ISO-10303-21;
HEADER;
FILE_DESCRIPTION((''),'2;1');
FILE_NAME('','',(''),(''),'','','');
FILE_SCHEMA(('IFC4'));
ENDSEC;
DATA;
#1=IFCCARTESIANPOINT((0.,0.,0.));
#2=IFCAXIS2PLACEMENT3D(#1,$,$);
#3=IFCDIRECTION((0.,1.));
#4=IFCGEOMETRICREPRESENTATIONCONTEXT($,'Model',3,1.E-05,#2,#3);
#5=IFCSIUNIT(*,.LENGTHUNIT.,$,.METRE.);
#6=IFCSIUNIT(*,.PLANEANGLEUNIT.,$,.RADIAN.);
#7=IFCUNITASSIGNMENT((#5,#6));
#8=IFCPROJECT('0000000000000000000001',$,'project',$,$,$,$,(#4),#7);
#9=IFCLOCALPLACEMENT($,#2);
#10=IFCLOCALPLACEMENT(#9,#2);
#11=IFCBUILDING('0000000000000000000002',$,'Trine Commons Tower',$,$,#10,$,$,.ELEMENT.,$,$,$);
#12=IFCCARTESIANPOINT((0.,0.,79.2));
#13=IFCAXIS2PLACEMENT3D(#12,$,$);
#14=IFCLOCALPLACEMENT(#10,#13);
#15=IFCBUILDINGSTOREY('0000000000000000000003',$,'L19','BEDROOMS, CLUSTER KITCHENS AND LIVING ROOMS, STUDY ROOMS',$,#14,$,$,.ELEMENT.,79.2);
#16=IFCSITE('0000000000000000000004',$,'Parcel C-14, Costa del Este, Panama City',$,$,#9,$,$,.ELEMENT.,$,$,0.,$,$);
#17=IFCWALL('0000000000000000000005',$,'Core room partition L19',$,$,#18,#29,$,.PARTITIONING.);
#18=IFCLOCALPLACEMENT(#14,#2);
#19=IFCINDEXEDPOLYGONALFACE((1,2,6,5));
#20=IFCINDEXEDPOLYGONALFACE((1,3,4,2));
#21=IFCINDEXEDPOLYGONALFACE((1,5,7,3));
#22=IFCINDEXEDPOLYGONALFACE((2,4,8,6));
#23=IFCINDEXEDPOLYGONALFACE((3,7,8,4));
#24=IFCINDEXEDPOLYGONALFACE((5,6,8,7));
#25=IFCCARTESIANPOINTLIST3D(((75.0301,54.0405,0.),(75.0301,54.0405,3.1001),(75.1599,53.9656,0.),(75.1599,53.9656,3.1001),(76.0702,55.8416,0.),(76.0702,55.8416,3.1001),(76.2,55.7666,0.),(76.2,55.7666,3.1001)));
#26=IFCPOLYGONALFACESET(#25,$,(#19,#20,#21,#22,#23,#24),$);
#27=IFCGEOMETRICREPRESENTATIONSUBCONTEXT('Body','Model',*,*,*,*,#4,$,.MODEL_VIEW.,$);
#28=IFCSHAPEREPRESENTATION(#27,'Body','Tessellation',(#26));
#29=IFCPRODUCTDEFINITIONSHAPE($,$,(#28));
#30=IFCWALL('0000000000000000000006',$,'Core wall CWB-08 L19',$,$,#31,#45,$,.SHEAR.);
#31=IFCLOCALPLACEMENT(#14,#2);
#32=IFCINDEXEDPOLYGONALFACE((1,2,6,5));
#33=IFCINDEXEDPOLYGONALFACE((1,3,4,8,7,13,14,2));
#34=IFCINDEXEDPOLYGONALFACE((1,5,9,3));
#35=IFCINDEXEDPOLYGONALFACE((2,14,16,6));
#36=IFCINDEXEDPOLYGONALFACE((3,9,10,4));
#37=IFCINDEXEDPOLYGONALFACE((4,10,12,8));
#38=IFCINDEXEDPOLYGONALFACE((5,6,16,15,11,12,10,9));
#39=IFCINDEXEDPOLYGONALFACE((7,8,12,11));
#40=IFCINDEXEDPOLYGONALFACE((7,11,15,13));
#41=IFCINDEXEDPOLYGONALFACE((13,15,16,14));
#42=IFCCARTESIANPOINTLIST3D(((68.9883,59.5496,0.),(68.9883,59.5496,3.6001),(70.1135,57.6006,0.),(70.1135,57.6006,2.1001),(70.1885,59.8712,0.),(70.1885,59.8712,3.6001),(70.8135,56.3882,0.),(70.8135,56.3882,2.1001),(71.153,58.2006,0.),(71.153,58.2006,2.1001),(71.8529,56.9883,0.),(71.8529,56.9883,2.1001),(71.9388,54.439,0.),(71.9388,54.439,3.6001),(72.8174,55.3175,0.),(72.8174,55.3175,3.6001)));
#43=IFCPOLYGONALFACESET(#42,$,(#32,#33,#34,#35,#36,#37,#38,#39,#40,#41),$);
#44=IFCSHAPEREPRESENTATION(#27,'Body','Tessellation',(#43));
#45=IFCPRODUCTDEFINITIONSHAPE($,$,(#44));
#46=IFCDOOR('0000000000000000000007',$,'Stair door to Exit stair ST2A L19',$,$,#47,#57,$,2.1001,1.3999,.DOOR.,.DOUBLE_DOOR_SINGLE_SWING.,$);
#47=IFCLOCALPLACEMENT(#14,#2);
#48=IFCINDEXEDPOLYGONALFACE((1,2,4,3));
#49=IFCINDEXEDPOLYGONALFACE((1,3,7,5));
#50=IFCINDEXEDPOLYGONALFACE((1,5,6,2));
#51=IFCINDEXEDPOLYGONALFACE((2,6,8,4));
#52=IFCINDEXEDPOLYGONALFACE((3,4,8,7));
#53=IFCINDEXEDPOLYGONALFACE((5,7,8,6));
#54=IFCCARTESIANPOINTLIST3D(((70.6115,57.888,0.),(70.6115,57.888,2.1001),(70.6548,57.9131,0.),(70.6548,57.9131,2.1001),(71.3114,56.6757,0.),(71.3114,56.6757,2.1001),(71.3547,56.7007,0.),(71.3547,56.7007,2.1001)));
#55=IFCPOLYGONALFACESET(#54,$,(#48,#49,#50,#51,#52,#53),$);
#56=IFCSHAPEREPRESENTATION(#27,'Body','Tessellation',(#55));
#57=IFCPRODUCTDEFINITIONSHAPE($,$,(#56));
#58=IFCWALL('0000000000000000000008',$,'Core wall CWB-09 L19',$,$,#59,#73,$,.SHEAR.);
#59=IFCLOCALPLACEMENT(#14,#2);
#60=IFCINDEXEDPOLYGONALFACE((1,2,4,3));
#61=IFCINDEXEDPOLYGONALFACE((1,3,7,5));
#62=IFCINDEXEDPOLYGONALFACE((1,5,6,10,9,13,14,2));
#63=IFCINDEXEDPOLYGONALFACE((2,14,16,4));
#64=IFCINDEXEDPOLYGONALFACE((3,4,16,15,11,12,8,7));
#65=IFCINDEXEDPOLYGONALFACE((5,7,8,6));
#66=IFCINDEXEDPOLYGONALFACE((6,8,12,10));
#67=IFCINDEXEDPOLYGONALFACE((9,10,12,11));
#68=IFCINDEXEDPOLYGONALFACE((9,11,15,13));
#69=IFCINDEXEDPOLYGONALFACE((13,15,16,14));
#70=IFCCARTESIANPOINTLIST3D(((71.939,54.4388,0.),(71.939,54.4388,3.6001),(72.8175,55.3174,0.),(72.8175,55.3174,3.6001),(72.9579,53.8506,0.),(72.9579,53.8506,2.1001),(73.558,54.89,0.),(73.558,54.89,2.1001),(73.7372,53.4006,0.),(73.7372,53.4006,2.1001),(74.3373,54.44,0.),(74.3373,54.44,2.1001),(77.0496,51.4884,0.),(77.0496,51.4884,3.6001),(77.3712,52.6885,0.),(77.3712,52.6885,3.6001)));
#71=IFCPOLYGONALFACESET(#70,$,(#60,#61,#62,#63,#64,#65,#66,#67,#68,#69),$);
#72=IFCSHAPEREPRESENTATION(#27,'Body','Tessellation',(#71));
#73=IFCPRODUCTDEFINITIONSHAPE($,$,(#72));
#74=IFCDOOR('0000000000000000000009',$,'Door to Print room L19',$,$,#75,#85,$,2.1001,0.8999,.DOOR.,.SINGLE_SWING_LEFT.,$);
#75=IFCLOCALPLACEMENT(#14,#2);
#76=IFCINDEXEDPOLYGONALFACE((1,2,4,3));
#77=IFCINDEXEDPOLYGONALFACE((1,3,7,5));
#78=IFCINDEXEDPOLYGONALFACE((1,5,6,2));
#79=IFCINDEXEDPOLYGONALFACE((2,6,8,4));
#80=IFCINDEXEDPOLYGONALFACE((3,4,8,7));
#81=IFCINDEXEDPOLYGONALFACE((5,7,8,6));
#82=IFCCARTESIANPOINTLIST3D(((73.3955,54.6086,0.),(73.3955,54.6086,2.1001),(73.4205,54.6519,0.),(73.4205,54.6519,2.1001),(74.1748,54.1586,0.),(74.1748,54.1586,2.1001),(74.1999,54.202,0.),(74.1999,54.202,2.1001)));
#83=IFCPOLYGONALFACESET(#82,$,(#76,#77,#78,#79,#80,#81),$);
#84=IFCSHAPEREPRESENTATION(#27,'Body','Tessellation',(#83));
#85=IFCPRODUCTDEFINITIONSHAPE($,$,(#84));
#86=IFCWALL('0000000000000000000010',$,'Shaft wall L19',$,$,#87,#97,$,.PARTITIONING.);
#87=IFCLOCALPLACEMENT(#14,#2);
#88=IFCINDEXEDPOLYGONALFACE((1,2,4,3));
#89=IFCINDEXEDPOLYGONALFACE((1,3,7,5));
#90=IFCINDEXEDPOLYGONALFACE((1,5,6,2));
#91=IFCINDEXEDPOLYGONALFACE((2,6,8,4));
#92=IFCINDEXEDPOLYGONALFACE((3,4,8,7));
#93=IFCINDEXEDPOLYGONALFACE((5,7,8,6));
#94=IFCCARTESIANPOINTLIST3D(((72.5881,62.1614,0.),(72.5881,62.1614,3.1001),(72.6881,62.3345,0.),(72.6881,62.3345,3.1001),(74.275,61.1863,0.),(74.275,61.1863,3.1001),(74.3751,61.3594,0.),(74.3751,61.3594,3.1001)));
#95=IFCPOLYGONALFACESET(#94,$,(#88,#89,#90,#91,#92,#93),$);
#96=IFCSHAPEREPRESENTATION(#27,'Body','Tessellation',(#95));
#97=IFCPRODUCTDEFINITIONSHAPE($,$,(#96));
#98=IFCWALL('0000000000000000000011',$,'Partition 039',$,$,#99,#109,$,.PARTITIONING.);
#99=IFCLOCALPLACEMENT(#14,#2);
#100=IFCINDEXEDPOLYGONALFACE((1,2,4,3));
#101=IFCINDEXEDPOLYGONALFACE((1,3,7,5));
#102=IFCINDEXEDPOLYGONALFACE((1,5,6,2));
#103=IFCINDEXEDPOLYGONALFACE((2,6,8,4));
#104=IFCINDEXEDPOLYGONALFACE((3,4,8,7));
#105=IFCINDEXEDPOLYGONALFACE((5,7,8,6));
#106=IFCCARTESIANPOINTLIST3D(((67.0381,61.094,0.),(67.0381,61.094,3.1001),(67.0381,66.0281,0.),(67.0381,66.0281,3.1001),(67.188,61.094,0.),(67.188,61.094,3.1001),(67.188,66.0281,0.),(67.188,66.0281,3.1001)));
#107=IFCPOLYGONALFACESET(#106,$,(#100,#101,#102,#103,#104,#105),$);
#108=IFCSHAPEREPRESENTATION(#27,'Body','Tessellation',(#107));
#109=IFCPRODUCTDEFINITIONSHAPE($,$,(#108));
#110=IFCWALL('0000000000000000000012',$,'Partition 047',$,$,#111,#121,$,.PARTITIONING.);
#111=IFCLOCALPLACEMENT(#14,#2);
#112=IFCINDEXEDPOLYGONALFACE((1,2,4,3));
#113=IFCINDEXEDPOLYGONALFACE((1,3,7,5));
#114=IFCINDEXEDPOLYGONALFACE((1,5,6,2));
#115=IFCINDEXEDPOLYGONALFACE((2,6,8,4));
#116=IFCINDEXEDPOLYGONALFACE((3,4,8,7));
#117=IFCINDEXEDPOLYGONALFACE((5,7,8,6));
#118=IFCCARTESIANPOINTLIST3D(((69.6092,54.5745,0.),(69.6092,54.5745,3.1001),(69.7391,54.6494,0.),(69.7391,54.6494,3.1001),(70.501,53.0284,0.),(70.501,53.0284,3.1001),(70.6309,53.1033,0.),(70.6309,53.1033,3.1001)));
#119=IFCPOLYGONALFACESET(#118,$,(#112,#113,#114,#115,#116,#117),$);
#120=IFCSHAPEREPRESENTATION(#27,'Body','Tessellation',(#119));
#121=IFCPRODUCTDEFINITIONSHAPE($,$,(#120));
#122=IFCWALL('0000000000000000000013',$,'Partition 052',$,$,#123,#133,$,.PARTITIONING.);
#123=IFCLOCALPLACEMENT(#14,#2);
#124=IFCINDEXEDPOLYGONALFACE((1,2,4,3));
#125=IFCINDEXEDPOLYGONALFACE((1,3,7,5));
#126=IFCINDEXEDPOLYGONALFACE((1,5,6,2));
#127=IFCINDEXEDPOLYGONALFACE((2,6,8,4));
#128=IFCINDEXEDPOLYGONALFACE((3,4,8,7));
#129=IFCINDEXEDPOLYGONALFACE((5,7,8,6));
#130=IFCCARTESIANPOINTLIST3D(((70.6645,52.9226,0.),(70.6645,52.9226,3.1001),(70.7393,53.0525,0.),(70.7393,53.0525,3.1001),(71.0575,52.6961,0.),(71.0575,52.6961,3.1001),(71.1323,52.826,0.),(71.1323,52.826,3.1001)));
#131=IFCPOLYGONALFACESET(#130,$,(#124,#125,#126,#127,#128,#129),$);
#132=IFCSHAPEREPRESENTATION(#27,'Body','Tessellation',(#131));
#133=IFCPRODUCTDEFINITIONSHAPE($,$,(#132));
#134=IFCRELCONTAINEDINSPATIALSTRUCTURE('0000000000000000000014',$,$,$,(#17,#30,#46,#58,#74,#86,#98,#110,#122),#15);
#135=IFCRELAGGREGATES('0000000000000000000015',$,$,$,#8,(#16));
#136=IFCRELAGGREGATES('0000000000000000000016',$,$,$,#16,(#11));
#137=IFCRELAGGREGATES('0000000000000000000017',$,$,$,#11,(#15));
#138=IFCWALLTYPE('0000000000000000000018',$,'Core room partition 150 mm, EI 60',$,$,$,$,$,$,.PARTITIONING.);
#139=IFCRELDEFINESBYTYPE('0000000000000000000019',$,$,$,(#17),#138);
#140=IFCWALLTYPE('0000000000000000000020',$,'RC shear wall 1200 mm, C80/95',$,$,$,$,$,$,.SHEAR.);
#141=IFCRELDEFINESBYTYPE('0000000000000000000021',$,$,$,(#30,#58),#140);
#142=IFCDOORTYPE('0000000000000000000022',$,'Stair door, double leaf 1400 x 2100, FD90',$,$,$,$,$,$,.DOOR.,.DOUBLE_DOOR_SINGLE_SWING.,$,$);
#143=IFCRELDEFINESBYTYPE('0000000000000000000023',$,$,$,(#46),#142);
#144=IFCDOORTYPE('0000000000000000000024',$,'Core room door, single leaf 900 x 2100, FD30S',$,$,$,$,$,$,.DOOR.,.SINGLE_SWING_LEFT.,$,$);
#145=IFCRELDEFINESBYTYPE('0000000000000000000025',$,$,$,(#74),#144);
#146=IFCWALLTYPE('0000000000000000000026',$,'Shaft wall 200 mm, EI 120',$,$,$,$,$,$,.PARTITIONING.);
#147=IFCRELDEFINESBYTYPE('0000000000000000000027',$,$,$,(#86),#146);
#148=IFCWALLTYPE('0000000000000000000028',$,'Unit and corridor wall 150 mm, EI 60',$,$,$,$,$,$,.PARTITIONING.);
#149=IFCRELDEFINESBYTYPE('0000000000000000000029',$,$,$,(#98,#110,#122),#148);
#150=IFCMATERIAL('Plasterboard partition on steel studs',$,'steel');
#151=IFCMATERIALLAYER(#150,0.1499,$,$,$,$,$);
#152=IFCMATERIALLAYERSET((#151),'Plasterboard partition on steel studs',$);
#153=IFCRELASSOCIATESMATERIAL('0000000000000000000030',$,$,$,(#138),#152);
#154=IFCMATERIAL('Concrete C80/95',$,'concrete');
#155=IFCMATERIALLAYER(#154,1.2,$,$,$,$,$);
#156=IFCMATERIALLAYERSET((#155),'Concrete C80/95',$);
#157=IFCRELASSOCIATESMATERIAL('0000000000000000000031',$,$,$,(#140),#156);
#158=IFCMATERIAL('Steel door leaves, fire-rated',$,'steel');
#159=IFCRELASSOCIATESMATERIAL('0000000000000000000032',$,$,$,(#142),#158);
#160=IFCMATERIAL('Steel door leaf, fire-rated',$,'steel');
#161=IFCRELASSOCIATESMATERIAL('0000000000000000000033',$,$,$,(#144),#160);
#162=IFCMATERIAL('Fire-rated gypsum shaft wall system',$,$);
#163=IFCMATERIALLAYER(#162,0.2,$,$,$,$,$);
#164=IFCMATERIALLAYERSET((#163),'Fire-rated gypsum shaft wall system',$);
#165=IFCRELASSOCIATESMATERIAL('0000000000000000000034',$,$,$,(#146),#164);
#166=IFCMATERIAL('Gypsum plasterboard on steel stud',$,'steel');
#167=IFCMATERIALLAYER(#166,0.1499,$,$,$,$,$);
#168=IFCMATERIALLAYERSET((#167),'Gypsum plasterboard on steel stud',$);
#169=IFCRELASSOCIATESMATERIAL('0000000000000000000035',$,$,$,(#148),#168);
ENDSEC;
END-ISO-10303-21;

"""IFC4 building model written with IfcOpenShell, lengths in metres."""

from ifc_helpers import new_model, si_unit, direction, frame, frame_2d, origin, place, context, subcontext, project, spatial, polyline, rectangle, outline, extrude, material, layer, layer_set, type_object, element, fill, save


model = new_model("IFC4")

# Units and contexts
model_context = context("Model", 3, precision=1e-05, world=origin(), true_north=direction((0.0, 1.0)))
body_context = subcontext(model_context, "Body", "Model", "MODEL_VIEW")
ifc_project = project(units=[si_unit("LENGTHUNIT", "METRE"), si_unit("PLANEANGLEUNIT", "RADIAN")], contexts=[model_context])

# Site, building, storey
site_placement = place(None, origin())
site = spatial("IfcSite", under=ifc_project, at=site_placement, Name="Parcel C-14, Costa del Este, Panama City", CompositionType="ELEMENT", RefElevation=0.0)
building_placement = place(site_placement, origin())
building = spatial("IfcBuilding", under=site, at=building_placement, Name="Trine Commons Tower", CompositionType="ELEMENT")
storey_placement = place(building_placement, frame((0.0, 0.0, 79.2)))
storey = spatial("IfcBuildingStorey", under=building, at=storey_placement, Name="L19", Description="BEDROOMS, CLUSTER KITCHENS AND LIVING ROOMS, STUDY ROOMS", CompositionType="ELEMENT", Elevation=79.2)

# Wall
ifc_material_1 = material(Name="Plasterboard partition on steel studs", Category="steel")
ifc_layer_1 = layer(ifc_material_1, 0.1499)
ifc_layer_set_1 = layer_set([ifc_layer_1], Name="Plasterboard partition on steel studs")
wall_type_1 = type_object("IfcWallType", Name="Core room partition 150 mm, EI 60", PredefinedType="PARTITIONING", material=ifc_layer_set_1)
wall_1_placement = place(storey_placement, frame((75.095, 54.0029, 0.0), z_axis=(0.0, 0.0, 1.0), x_axis=(0.500078, 0.86598, 0.0)))
element("IfcWall", 1, at=wall_1_placement, inside=storey, type_object=wall_type_1, Name="Core room partition L19", PredefinedType="PARTITIONING", context=body_context, shape_type="SweptSolid", body=[
    extrude(rectangle(XDim=2.0798, YDim=0.1499, at=frame_2d((1.04, 0.0))), origin(), (0.0, 0.0, 1.0), 3.1001),
])

# Walls, openings, doors
ifc_material_2 = material(Name="Concrete C80/95", Category="concrete")
ifc_layer_2 = layer(ifc_material_2, 1.2)
ifc_layer_set_2 = layer_set([ifc_layer_2], Name="Concrete C80/95")
wall_type_2 = type_object("IfcWallType", Name="RC shear wall 1200 mm, C80/95", PredefinedType="SHEAR", material=ifc_layer_set_2)
wall_2_placement = place(storey_placement, frame((69.5081, 59.8496, 0.0), z_axis=(0.0, 0.0, 1.0), x_axis=(0.499979, -0.866037, 0.0)))
wall_2 = element("IfcWall", 2, at=wall_2_placement, inside=storey, type_object=wall_type_2, Name="Core wall CWB-08 L19", PredefinedType="SHEAR", context=body_context, shape_type="SweptSolid", body=[
    extrude(outline(polyline([(0.0, -0.6001), (5.9011, -0.6001), (5.5796, 0.6001), (0.3215, 0.6001), (0.0, -0.6001)])), origin(), (0.0, 0.0, 1.0), 3.6001),
])
opening_1_placement = place(wall_2_placement, frame((2.2505, 0.0, 0.0)))
opening_1 = element("IfcOpeningElement", 3, at=opening_1_placement, cuts=wall_2, PredefinedType="OPENING", context=body_context, shape_type="SweptSolid", body=[
    extrude(rectangle(XDim=1.3999, YDim=2.1001, at=frame_2d((0.7, 1.05))), frame((0.0, 0.6099, 0.0), z_axis=(0.0, -1.0, 0.0), x_axis=(1.0, 0.0, 0.0)), (0.0, 0.0, 1.0), 1.22),
])
ifc_material_3 = material(Name="Steel door leaves, fire-rated", Category="steel")
door_type_1 = type_object("IfcDoorType", Name="Stair door, double leaf 1400 x 2100, FD90", OperationType="DOUBLE_DOOR_SINGLE_SWING", PredefinedType="DOOR", material=ifc_material_3)
door_1_placement = place(opening_1_placement, origin())
door_1 = element("IfcDoor", 4, at=door_1_placement, inside=storey, type_object=door_type_1, Name="Stair door to Exit stair ST2A L19", OperationType="DOUBLE_DOOR_SINGLE_SWING", OverallHeight=2.1001, OverallWidth=1.3999, PredefinedType="DOOR", context=body_context, shape_type="SweptSolid", body=[
    extrude(rectangle(XDim=1.3999, YDim=2.1001, at=frame_2d((0.7, 1.05))), frame((0.0, 0.0249, 0.0), z_axis=(0.0, -1.0, 0.0), x_axis=(1.0, 0.0, 0.0)), (0.0, 0.0, 1.0), 0.05),
])
fill(opening_1, door_1)
wall_3_placement = place(storey_placement, frame((72.239, 54.9585, 0.0), z_axis=(0.0, 0.0, 1.0), x_axis=(0.866037, -0.499979, 0.0)))
wall_3 = element("IfcWall", 5, at=wall_3_placement, inside=storey, type_object=wall_type_2, Name="Core wall CWB-09 L19", PredefinedType="SHEAR", context=body_context, shape_type="SweptSolid", body=[
    extrude(outline(polyline([(0.0, -0.6001), (5.9011, -0.6001), (5.5796, 0.6001), (0.3215, 0.6001), (0.0, -0.6001)])), origin(), (0.0, 0.0, 1.0), 3.6001),
])
opening_2_placement = place(wall_3_placement, frame((1.1765, 0.0, 0.0)))
opening_2 = element("IfcOpeningElement", 6, at=opening_2_placement, cuts=wall_3, PredefinedType="OPENING", context=body_context, shape_type="SweptSolid", body=[
    extrude(rectangle(XDim=0.8999, YDim=2.1001, at=frame_2d((0.45, 1.05))), frame((0.0, 0.6099, 0.0), z_axis=(0.0, -1.0, 0.0), x_axis=(1.0, 0.0, 0.0)), (0.0, 0.0, 1.0), 1.22),
])
ifc_material_4 = material(Name="Steel door leaf, fire-rated", Category="steel")
door_type_2 = type_object("IfcDoorType", Name="Core room door, single leaf 900 x 2100, FD30S", OperationType="SINGLE_SWING_LEFT", PredefinedType="DOOR", material=ifc_material_4)
door_2_placement = place(opening_2_placement, origin())
door_2 = element("IfcDoor", 7, at=door_2_placement, inside=storey, type_object=door_type_2, Name="Door to Print room L19", OperationType="SINGLE_SWING_LEFT", OverallHeight=2.1001, OverallWidth=0.8999, PredefinedType="DOOR", context=body_context, shape_type="SweptSolid", body=[
    extrude(rectangle(XDim=0.8999, YDim=2.1001, at=frame_2d((0.45, 1.05))), frame((0.0, 0.3252, 0.0), z_axis=(0.0, -1.0, 0.0), x_axis=(1.0, 0.0, 0.0)), (0.0, 0.0, 1.0), 0.05),
])
fill(opening_2, door_2)

# Walls
ifc_material_5 = material(Name="Fire-rated gypsum shaft wall system")
ifc_layer_3 = layer(ifc_material_5, 0.2)
ifc_layer_set_3 = layer_set([ifc_layer_3], Name="Fire-rated gypsum shaft wall system")
wall_type_3 = type_object("IfcWallType", Name="Shaft wall 200 mm, EI 120", PredefinedType="PARTITIONING", material=ifc_layer_set_3)
wall_4_placement = place(storey_placement, frame((74.325, 61.2729, 0.0), z_axis=(0.0, 0.0, 1.0), x_axis=(-0.865781, 0.500424, 0.0)))
element("IfcWall", 8, at=wall_4_placement, inside=storey, type_object=wall_type_3, Name="Shaft wall L19", PredefinedType="PARTITIONING", context=body_context, shape_type="SweptSolid", body=[
    extrude(rectangle(XDim=1.9485, YDim=0.2, at=frame_2d((0.9741, 0.0))), origin(), (0.0, 0.0, 1.0), 3.1001),
])
ifc_material_6 = material(Name="Gypsum plasterboard on steel stud", Category="steel")
ifc_layer_4 = layer(ifc_material_6, 0.1499)
ifc_layer_set_4 = layer_set([ifc_layer_4], Name="Gypsum plasterboard on steel stud")
wall_type_4 = type_object("IfcWallType", Name="Unit and corridor wall 150 mm, EI 60", PredefinedType="PARTITIONING", material=ifc_layer_set_4)
wall_5_placement = place(storey_placement, frame((67.113, 61.094, 0.0), z_axis=(0.0, 0.0, 1.0), x_axis=(0.0, 1.0, 0.0)))
element("IfcWall", 9, at=wall_5_placement, inside=storey, type_object=wall_type_4, Name="Partition 039", PredefinedType="PARTITIONING", context=body_context, shape_type="SweptSolid", body=[
    extrude(rectangle(XDim=4.9341, YDim=0.1499, at=frame_2d((2.467, 0.0))), origin(), (0.0, 0.0, 1.0), 3.1001),
])
wall_6_placement = place(storey_placement, frame((69.6741, 54.6121, 0.0), z_axis=(0.0, 0.0, 1.0), x_axis=(0.499655, -0.866224, 0.0)))
element("IfcWall", 10, at=wall_6_placement, inside=storey, type_object=wall_type_4, Name="Partition 047", PredefinedType="PARTITIONING", context=body_context, shape_type="SweptSolid", body=[
    extrude(rectangle(XDim=1.7849, YDim=0.1499, at=frame_2d((0.8926, 0.0))), origin(), (0.0, 0.0, 1.0), 3.1001),
])
wall_7_placement = place(storey_placement, frame((70.7019, 52.9875, 0.0), z_axis=(0.0, 0.0, 1.0), x_axis=(0.866383, -0.499381, 0.0)))
element("IfcWall", 11, at=wall_7_placement, inside=storey, type_object=wall_type_4, Name="Partition 052", PredefinedType="PARTITIONING", context=body_context, shape_type="SweptSolid", body=[
    extrude(rectangle(XDim=0.4536, YDim=0.1499, at=frame_2d((0.2268, 0.0))), origin(), (0.0, 0.0, 1.0), 3.1001),
])

save(model, "model.ifc")
